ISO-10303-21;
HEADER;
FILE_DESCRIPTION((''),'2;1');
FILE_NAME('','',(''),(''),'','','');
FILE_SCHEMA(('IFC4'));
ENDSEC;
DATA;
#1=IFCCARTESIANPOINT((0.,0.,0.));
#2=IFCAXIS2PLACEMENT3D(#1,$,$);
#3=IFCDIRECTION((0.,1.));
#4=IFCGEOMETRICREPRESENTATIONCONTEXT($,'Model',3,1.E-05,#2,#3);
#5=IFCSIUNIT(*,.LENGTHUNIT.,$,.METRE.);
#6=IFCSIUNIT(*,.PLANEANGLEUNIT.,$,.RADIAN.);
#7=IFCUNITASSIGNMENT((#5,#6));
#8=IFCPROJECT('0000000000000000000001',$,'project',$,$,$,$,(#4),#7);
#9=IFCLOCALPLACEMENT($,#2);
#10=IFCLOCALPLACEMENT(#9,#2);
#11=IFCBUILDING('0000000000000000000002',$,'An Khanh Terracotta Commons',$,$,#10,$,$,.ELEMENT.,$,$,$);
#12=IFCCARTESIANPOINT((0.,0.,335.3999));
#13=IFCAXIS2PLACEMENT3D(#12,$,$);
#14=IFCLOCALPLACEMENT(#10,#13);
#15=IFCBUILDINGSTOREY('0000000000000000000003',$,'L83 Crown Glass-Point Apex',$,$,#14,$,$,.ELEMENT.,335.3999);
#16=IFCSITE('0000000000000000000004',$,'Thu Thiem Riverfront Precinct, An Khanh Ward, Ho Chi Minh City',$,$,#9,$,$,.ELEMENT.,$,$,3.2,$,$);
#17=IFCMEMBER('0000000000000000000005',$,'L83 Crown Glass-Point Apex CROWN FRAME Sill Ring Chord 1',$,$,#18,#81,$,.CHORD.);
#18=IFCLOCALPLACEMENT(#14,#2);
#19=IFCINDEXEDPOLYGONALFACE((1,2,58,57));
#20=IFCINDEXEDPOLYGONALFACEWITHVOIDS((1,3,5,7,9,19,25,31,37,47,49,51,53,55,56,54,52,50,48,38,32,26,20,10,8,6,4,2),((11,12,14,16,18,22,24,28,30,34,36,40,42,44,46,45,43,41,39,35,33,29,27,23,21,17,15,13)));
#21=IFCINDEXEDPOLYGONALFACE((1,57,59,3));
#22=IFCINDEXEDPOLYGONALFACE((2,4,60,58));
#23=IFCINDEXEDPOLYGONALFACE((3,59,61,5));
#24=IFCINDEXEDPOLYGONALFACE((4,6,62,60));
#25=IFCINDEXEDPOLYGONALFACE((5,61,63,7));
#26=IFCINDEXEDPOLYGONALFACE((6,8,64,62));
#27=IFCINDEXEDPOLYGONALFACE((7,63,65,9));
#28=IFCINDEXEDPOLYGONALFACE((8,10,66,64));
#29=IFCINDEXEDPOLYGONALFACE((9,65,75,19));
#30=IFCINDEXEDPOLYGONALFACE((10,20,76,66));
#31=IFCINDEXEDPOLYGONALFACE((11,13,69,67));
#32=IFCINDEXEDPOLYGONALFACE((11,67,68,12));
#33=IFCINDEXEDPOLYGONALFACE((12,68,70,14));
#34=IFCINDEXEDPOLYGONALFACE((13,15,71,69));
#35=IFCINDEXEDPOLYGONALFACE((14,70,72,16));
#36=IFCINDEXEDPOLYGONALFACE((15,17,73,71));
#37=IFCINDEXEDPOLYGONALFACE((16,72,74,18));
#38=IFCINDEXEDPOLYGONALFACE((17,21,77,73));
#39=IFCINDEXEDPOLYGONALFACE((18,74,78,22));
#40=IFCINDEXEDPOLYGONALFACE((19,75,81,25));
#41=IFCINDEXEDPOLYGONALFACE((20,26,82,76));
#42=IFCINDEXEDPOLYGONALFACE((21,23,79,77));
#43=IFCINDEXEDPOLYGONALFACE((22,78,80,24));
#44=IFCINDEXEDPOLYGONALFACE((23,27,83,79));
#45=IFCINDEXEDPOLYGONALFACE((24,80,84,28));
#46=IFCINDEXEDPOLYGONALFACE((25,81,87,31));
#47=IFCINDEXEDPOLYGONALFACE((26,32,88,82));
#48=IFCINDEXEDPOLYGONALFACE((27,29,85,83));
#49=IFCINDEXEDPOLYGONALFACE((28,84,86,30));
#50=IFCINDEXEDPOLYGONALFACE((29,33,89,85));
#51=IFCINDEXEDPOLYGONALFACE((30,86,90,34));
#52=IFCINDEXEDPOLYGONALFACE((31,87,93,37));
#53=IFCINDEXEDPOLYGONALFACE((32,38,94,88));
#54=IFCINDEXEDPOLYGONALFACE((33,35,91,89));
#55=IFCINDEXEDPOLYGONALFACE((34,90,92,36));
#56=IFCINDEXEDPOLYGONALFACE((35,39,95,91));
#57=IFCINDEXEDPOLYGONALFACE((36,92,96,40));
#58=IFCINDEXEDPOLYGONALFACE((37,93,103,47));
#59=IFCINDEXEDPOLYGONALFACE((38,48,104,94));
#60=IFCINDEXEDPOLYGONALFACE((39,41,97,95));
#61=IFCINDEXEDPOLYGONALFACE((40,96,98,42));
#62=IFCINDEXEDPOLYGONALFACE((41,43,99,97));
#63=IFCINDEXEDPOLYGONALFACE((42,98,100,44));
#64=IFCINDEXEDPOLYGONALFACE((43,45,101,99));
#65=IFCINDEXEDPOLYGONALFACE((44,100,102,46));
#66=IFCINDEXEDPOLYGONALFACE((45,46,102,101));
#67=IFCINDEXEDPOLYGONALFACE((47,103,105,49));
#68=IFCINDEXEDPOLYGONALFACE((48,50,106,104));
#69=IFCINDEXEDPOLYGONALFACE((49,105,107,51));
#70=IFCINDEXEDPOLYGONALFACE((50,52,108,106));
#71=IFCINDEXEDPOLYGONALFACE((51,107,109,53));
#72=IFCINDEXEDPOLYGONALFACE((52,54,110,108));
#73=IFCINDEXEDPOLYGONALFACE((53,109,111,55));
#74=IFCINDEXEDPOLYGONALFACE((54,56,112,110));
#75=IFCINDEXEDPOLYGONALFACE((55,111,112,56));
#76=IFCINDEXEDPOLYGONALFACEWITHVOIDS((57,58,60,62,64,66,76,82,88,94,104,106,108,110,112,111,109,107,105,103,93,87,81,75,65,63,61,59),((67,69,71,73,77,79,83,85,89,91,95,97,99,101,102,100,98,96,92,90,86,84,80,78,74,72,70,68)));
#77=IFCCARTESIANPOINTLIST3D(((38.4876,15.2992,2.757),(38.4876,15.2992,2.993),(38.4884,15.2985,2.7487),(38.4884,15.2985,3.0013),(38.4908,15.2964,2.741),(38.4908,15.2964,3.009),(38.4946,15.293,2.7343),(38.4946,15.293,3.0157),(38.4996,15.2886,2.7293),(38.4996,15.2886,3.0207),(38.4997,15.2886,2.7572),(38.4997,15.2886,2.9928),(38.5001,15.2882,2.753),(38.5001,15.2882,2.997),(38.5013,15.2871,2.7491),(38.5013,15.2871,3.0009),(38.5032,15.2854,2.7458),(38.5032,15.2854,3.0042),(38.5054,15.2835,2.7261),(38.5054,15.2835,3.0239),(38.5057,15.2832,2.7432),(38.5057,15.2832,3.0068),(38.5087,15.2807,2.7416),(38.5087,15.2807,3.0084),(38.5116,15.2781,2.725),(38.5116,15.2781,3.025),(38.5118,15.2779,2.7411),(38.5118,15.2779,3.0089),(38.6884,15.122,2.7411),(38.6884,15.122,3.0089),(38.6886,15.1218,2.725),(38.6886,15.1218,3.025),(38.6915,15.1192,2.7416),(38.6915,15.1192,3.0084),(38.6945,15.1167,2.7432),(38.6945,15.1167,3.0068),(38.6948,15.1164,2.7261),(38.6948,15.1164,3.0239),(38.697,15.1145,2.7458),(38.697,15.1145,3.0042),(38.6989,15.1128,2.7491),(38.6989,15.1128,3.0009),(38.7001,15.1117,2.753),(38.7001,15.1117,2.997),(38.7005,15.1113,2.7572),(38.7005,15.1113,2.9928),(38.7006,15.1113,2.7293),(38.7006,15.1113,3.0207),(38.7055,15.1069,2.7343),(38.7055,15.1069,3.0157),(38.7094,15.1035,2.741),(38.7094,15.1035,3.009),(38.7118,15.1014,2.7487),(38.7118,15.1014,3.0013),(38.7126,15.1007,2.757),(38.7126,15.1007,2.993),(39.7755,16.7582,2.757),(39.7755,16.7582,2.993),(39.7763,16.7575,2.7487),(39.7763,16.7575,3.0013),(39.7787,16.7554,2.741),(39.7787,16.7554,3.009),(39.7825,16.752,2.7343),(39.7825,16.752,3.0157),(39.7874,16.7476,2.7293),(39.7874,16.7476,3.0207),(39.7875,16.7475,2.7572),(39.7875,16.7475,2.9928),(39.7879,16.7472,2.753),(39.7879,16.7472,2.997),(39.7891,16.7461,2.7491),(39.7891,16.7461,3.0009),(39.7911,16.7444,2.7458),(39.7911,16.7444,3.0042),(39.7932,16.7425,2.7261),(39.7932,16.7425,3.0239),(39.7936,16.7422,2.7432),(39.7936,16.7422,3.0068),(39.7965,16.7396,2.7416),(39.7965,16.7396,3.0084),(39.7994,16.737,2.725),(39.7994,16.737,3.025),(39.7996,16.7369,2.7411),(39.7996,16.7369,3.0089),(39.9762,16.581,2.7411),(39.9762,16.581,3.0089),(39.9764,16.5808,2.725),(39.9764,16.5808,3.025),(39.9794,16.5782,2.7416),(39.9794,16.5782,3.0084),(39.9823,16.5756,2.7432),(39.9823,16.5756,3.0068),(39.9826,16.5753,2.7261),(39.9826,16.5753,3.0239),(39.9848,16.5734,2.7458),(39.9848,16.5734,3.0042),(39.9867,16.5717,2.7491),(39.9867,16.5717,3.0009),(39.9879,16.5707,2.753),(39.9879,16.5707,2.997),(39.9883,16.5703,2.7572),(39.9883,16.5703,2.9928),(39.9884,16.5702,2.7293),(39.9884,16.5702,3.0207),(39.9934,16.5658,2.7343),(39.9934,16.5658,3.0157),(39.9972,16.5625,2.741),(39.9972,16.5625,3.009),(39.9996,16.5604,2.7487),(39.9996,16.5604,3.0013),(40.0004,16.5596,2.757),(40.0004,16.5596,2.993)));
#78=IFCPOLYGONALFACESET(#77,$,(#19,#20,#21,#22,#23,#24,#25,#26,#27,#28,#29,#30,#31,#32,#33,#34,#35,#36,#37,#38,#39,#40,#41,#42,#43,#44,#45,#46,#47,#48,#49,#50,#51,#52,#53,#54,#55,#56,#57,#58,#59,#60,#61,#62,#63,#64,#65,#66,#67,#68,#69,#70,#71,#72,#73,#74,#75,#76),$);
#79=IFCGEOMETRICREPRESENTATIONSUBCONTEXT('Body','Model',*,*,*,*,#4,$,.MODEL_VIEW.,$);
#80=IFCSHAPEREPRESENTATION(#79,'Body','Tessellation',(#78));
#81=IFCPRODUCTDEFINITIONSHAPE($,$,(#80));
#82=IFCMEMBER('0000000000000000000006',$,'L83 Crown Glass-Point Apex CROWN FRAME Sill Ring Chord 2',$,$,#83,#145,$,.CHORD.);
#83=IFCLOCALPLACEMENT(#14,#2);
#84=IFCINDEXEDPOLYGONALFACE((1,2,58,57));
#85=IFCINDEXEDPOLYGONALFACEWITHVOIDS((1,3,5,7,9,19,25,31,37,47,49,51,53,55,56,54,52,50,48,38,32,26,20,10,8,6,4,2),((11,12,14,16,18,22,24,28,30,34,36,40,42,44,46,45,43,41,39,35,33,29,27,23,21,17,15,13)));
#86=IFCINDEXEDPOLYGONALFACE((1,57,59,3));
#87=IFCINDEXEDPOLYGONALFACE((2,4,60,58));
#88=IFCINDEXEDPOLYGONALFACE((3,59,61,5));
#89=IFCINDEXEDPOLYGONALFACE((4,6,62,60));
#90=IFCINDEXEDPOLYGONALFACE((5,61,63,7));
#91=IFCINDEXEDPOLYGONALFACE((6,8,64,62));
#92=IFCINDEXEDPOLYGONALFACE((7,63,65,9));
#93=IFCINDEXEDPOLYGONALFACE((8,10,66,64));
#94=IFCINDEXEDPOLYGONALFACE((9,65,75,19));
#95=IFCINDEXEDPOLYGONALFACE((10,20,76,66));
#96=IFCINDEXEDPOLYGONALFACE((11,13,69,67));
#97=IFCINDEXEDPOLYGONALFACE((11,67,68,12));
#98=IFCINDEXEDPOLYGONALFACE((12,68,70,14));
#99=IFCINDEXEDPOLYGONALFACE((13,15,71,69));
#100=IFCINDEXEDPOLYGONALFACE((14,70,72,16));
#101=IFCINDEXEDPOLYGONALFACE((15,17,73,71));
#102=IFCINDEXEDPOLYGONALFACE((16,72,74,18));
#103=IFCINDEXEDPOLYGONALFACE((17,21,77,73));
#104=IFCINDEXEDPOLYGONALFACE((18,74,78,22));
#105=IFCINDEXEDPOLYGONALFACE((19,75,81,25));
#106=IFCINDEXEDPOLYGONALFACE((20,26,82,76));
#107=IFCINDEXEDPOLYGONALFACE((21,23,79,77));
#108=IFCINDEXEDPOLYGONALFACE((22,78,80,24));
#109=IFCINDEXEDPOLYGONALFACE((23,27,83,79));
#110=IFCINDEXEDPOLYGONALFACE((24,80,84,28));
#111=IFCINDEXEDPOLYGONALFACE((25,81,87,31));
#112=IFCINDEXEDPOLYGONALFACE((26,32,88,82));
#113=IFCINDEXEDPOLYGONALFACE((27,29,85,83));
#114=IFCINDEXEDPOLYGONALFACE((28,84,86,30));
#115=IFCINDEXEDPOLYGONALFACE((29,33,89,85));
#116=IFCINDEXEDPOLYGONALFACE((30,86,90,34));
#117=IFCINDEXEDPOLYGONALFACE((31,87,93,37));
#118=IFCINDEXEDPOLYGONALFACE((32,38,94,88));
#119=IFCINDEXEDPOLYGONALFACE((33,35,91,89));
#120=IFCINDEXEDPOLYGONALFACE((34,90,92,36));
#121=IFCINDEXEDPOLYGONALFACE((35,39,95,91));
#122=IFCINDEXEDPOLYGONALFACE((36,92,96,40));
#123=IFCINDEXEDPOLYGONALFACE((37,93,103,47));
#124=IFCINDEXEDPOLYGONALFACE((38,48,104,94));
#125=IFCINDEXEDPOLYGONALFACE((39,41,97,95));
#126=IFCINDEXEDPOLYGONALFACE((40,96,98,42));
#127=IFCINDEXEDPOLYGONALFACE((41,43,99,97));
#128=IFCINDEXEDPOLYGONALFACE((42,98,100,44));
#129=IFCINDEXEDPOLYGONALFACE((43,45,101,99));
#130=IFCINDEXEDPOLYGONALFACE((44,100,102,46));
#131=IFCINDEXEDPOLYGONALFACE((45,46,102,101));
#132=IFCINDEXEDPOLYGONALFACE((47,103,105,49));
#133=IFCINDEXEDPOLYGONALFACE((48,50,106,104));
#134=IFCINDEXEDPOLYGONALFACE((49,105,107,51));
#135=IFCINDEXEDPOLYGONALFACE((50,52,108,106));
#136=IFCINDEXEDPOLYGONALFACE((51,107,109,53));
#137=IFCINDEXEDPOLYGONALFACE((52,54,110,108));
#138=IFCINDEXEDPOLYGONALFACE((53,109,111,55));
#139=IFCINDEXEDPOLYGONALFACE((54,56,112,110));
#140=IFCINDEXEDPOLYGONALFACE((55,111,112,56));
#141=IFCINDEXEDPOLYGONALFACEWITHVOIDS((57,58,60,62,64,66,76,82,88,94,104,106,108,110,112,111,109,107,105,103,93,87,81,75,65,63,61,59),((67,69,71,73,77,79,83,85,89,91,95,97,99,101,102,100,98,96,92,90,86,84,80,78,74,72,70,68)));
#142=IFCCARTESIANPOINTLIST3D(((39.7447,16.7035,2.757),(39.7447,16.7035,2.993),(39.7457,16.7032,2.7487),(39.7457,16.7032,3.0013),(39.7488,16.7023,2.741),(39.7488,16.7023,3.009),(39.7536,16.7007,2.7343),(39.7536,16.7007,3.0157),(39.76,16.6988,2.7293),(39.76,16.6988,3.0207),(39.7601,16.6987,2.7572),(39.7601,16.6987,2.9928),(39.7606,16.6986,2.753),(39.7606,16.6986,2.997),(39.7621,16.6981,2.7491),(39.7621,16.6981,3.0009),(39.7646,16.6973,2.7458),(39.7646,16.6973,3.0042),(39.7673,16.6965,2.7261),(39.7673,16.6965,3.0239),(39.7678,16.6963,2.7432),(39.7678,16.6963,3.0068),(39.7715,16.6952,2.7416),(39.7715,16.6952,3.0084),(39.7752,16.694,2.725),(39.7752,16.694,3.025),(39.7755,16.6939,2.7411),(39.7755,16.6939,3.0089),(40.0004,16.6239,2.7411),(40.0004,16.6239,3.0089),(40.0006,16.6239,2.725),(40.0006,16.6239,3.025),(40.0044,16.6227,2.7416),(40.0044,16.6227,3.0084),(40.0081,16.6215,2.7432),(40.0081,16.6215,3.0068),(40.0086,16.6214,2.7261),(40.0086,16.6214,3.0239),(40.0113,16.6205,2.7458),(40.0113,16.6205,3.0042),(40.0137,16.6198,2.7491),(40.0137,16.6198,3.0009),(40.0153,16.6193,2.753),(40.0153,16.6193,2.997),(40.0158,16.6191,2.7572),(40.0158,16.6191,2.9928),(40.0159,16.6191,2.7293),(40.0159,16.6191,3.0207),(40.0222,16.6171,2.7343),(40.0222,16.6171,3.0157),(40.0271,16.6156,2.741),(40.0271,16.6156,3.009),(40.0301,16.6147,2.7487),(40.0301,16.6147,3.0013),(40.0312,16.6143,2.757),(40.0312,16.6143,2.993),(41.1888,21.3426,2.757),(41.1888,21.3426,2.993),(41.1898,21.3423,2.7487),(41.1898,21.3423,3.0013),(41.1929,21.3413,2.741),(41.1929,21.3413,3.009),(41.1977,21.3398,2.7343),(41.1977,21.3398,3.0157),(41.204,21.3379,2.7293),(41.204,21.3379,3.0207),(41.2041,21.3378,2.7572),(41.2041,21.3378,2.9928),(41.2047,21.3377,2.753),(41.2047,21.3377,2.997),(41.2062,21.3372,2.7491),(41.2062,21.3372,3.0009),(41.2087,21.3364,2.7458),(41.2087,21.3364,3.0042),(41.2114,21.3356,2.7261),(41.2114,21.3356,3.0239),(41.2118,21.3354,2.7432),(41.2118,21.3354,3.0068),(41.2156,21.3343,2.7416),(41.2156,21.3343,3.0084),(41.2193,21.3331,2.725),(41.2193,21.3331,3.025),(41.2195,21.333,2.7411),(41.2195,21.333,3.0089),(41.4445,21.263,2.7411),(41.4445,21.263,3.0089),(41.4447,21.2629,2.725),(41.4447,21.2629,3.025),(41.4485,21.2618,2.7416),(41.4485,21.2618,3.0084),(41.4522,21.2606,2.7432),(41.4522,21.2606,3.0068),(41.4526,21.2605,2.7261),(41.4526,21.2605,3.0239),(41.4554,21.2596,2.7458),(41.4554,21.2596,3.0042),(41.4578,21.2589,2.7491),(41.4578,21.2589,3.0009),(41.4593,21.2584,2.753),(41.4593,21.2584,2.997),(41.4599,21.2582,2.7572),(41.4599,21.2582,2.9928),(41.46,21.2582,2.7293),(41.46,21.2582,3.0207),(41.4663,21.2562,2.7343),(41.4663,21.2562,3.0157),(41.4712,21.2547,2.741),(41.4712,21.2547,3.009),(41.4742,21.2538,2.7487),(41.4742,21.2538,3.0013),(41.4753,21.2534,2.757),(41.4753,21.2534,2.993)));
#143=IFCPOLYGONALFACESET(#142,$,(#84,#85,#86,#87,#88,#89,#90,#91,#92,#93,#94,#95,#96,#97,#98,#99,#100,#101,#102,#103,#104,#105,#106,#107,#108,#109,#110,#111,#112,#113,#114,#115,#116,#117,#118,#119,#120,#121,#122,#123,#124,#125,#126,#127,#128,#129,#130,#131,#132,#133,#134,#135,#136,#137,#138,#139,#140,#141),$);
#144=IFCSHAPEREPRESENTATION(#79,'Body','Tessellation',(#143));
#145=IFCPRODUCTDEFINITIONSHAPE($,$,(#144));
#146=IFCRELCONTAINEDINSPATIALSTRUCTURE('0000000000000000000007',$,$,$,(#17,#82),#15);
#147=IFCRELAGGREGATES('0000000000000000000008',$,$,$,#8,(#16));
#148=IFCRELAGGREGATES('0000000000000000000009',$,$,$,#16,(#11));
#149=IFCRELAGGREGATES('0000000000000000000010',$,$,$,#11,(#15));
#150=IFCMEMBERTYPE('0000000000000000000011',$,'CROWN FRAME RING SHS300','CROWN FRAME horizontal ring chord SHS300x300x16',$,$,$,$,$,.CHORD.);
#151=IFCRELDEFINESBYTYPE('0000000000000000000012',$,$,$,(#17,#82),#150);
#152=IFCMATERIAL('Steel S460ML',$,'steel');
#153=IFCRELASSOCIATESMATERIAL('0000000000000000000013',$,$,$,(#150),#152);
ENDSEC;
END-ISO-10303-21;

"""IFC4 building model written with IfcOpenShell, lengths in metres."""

from ifc_helpers import new_model, si_unit, direction, frame, origin, origin_2d, place, context, subcontext, project, spatial, hollow_rectangle, extrude, material, material_profile, profile_set, type_object, element, save


model = new_model("IFC4")

# Units and contexts
model_context = context("Model", 3, precision=1e-05, world=origin(), true_north=direction((0.0, 1.0)))
body_context = subcontext(model_context, "Body", "Model", "MODEL_VIEW")
ifc_project = project(units=[si_unit("LENGTHUNIT", "METRE"), si_unit("PLANEANGLEUNIT", "RADIAN")], contexts=[model_context])

# Site, building, storey
site_placement = place(None, origin())
site = spatial("IfcSite", under=ifc_project, at=site_placement, Name="Thu Thiem Riverfront Precinct, An Khanh Ward, Ho Chi Minh City", CompositionType="ELEMENT", RefElevation=3.2)
building_placement = place(site_placement, origin())
building = spatial("IfcBuilding", under=site, at=building_placement, Name="An Khanh Terracotta Commons", CompositionType="ELEMENT")
storey_placement = place(building_placement, frame((0.0, 0.0, 335.3999)))
storey = spatial("IfcBuildingStorey", under=building, at=storey_placement, Name="L83 Crown Glass-Point Apex", CompositionType="ELEMENT", Elevation=335.3999)

# Members
ifc_material_1 = material(Name="Steel S460ML", Category="steel")
ifc_material_profile_1 = material_profile(ifc_material_1, hollow_rectangle(XDim=0.3, YDim=0.3, WallThickness=0.0161, InnerFilletRadius=0.0161, OuterFilletRadius=0.032, at=origin_2d()), Name="SHS300x300x16")
ifc_profile_set_1 = profile_set([ifc_material_profile_1], Name="Steel S460ML")
member_type_1 = type_object("IfcMemberType", Name="CROWN FRAME RING SHS300", Description="CROWN FRAME horizontal ring chord SHS300x300x16", PredefinedType="CHORD", material=ifc_profile_set_1)
member_1_placement = place(storey_placement, frame((38.6001, 15.2, 2.875), z_axis=(0.661767, 0.74971, 0.0), x_axis=(-0.74971, 0.661767, 0.0)))
element("IfcMember", 1, at=member_1_placement, inside=storey, type_object=member_type_1, Name="L83 Crown Glass-Point Apex CROWN FRAME Sill Ring Chord 1", PredefinedType="CHORD", context=body_context, shape_type="SweptSolid", body=[
    extrude(hollow_rectangle(XDim=0.3, YDim=0.3, WallThickness=0.0161, InnerFilletRadius=0.0161, OuterFilletRadius=0.032, at=origin_2d()), origin(), (0.0, 0.0, 1.0), 1.946),
])
member_2_placement = place(storey_placement, frame((39.8879, 16.6589, 2.875), z_axis=(0.297216, 0.95481, 0.0), x_axis=(-0.95481, 0.297216, 0.0)))
element("IfcMember", 2, at=member_2_placement, inside=storey, type_object=member_type_1, Name="L83 Crown Glass-Point Apex CROWN FRAME Sill Ring Chord 2", PredefinedType="CHORD", context=body_context, shape_type="SweptSolid", body=[
    extrude(hollow_rectangle(XDim=0.3, YDim=0.3, WallThickness=0.0161, InnerFilletRadius=0.0161, OuterFilletRadius=0.032, at=origin_2d()), origin(), (0.0, 0.0, 1.0), 4.8586),
])

save(model, "model.ifc")
